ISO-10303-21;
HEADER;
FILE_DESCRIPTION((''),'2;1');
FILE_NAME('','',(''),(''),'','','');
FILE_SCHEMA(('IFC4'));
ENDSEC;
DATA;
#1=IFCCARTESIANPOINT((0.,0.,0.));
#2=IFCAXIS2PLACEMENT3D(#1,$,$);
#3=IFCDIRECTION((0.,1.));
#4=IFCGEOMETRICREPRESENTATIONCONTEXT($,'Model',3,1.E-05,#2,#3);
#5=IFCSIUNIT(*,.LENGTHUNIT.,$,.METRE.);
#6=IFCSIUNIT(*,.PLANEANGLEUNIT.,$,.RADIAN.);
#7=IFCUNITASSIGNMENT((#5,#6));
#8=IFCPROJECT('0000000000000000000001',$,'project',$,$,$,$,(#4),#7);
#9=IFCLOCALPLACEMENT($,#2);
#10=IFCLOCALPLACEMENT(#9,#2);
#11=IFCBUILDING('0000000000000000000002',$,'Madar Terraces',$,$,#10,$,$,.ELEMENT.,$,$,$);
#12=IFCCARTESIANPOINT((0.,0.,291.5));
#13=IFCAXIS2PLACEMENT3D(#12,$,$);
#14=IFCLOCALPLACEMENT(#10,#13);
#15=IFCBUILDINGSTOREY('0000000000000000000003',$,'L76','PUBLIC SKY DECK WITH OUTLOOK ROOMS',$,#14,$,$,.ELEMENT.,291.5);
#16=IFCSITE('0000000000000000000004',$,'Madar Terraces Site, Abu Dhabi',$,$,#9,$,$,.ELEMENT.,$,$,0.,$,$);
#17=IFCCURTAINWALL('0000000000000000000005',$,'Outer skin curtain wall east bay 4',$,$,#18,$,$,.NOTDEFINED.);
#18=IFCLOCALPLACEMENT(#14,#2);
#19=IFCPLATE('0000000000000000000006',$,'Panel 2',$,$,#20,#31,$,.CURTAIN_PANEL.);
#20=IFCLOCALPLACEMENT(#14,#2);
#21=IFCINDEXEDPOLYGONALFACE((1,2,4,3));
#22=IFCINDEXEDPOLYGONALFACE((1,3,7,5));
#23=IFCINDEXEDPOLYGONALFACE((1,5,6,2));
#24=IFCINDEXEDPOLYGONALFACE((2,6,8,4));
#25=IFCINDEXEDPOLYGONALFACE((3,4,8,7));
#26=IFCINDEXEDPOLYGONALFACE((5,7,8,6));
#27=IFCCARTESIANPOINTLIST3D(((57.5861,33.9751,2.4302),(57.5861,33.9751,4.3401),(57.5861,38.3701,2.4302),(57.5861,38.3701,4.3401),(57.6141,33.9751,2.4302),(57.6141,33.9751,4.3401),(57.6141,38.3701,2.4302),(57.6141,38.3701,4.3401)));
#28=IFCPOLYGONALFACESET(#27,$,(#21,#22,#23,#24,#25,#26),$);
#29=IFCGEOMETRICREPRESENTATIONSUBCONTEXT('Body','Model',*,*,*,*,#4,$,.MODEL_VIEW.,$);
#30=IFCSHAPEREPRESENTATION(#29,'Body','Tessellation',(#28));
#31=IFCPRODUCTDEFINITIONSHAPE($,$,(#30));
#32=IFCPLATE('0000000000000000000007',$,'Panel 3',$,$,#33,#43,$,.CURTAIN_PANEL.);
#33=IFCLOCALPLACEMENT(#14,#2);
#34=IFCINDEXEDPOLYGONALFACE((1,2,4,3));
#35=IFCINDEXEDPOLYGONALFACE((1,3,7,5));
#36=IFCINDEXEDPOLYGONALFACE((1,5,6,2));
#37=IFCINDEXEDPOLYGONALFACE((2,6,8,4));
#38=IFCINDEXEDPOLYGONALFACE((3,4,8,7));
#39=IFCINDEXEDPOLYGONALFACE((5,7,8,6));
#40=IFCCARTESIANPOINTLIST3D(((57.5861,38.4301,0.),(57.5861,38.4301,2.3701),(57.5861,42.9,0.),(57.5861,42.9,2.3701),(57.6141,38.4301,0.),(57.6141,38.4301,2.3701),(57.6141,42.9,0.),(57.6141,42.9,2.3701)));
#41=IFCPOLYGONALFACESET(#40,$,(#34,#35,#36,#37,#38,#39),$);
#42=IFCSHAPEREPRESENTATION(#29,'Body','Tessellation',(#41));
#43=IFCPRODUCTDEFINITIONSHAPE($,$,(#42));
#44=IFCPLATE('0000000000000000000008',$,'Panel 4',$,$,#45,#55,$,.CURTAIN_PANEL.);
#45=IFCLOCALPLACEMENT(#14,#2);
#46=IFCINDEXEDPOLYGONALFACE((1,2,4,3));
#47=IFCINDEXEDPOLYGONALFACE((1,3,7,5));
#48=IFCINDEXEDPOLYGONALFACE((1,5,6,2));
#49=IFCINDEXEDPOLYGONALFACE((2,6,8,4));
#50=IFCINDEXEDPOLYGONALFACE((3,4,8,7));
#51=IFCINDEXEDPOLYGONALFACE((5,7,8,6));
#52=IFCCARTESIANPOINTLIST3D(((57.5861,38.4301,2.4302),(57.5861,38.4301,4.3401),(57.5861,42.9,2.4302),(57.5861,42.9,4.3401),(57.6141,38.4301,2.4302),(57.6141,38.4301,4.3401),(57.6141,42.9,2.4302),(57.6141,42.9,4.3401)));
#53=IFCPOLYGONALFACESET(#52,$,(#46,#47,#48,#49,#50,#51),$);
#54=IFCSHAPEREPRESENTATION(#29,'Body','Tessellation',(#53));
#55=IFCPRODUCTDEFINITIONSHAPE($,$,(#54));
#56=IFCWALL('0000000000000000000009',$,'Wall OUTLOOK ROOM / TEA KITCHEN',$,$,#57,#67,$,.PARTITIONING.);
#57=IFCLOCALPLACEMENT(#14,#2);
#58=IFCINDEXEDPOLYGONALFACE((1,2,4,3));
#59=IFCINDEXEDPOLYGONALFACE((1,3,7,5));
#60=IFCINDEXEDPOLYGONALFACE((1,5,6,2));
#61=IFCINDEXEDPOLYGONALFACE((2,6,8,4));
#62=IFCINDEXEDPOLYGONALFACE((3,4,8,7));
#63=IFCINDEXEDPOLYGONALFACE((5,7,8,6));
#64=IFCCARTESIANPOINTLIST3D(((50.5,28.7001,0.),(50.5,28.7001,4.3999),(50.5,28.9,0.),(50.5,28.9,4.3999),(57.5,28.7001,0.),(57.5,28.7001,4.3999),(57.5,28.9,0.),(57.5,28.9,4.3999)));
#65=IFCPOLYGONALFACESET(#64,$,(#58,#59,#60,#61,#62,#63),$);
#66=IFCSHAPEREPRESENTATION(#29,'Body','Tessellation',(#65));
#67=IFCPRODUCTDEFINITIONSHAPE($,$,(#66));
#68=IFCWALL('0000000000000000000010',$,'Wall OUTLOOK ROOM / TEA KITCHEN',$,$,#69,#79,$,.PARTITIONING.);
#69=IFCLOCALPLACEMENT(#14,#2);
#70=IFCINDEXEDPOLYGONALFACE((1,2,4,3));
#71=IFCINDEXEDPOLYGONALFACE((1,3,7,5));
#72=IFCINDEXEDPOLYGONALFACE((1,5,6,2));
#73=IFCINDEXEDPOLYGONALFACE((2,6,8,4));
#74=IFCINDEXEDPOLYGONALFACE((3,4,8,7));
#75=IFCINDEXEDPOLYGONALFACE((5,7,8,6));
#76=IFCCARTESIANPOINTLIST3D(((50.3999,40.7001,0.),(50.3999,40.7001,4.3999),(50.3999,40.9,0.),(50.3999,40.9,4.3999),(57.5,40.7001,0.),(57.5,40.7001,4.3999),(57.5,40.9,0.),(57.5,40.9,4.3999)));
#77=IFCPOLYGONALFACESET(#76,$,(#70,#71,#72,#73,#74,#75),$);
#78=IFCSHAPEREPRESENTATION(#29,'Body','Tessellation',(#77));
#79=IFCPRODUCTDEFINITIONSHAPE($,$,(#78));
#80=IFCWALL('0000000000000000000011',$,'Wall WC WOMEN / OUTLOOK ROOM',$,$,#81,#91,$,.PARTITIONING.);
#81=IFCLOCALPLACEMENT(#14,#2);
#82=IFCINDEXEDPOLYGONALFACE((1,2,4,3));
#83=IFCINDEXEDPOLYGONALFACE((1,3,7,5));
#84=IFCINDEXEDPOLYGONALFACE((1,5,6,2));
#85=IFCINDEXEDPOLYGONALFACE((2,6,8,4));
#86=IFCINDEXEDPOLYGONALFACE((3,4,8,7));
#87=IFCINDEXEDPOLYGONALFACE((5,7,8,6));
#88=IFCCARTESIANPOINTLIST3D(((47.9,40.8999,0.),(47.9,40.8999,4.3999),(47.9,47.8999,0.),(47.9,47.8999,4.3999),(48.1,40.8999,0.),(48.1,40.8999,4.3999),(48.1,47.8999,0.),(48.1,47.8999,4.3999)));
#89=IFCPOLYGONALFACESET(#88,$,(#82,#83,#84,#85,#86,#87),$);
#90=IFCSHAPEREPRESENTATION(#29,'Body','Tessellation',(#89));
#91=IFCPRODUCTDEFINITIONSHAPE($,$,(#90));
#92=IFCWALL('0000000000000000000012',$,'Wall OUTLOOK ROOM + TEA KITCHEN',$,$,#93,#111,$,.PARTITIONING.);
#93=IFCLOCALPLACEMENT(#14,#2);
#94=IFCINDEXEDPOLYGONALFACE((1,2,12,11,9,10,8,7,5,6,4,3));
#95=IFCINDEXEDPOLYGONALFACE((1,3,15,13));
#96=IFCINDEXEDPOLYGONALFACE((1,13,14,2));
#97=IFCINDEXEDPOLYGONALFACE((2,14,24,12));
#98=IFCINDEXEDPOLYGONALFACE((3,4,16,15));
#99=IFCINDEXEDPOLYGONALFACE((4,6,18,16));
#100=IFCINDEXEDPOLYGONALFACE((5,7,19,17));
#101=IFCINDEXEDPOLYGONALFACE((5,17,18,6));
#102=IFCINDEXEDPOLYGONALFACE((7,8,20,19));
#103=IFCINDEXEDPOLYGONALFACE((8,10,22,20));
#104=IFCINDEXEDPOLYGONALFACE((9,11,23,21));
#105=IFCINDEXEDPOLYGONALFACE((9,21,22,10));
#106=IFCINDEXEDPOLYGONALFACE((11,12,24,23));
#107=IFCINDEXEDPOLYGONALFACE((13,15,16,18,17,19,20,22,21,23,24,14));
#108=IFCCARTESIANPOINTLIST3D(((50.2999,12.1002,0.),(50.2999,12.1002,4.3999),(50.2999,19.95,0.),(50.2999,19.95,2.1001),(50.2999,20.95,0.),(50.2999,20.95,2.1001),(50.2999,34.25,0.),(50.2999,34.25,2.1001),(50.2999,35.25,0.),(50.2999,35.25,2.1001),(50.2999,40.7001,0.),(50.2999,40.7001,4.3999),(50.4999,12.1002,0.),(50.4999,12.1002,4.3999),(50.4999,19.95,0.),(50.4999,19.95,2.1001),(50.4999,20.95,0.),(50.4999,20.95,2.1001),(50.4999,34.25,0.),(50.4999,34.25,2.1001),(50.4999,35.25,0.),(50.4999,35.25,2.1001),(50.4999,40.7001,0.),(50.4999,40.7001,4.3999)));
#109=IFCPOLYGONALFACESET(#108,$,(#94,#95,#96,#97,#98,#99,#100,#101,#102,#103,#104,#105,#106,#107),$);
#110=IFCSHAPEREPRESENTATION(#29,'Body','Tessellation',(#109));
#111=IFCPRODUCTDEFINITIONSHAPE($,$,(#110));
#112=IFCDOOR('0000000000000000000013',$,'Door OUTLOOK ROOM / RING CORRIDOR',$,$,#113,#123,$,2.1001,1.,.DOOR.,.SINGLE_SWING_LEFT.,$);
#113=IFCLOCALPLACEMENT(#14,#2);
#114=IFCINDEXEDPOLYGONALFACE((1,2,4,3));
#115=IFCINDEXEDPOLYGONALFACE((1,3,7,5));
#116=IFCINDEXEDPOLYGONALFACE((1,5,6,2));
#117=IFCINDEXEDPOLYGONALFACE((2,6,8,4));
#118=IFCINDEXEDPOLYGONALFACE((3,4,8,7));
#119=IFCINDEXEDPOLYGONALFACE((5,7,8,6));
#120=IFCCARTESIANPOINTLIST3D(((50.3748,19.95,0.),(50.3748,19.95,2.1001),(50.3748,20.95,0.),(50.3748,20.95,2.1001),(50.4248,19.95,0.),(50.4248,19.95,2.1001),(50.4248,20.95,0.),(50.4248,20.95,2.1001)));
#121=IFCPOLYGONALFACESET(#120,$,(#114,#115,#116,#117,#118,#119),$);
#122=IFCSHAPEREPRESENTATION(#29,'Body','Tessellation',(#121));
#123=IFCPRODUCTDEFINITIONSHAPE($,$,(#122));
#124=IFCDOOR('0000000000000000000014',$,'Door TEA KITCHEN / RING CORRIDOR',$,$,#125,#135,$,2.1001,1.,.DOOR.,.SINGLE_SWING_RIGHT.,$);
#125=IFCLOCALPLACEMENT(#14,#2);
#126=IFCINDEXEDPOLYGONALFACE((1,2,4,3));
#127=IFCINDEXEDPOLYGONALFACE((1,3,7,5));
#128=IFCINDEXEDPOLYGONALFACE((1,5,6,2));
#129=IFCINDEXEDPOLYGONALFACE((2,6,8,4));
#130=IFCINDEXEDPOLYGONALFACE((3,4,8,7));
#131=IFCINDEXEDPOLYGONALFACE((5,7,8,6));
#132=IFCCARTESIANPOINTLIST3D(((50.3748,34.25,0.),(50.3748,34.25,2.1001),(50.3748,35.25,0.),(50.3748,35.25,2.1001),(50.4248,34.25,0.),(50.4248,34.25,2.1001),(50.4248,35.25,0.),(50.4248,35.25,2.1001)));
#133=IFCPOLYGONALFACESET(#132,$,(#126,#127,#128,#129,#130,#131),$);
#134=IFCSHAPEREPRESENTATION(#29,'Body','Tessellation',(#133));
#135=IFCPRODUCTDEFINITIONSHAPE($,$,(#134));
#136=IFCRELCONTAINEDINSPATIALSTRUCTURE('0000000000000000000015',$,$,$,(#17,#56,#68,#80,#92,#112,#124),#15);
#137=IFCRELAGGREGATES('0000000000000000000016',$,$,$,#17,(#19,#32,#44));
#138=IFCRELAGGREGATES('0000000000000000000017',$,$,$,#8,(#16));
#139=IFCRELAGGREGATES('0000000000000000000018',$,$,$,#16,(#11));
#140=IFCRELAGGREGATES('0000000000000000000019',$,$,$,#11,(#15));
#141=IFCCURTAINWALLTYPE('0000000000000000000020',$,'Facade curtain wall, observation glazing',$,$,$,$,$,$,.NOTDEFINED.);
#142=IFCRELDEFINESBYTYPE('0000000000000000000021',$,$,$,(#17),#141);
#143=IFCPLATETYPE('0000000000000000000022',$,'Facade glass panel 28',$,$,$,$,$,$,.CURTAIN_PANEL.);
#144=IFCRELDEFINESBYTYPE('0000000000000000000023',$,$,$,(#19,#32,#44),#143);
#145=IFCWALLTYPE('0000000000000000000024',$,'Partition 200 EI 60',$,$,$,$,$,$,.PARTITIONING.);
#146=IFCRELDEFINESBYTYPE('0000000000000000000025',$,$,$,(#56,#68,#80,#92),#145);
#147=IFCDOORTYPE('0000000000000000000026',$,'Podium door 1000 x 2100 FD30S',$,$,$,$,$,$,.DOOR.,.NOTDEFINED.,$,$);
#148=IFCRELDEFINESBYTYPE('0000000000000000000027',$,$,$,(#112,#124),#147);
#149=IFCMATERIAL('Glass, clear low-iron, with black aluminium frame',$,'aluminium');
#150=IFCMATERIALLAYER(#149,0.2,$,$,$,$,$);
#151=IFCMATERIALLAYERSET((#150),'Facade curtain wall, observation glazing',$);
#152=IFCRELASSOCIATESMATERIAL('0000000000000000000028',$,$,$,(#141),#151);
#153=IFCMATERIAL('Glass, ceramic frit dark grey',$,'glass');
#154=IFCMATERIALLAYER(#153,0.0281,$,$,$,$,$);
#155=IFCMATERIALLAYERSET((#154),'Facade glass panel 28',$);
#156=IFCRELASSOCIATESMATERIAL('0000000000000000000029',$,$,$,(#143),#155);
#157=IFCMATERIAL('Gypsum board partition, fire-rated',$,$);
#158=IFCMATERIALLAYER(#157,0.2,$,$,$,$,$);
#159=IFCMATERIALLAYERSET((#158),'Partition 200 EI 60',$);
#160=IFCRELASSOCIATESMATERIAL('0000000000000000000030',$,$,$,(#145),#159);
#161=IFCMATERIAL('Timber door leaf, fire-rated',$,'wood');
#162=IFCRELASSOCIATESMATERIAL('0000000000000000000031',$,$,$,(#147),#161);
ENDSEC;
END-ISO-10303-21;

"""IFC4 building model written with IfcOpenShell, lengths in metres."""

from ifc_helpers import new_model, si_unit, direction, frame, frame_2d, origin, origin_2d, place, context, subcontext, project, spatial, rectangle, extrude, material, layer, layer_set, type_object, element, fill, aggregate, save


model = new_model("IFC4")

# Units and contexts
model_context = context("Model", 3, precision=1e-05, world=origin(), true_north=direction((0.0, 1.0)))
body_context = subcontext(model_context, "Body", "Model", "MODEL_VIEW")
ifc_project = project(units=[si_unit("LENGTHUNIT", "METRE"), si_unit("PLANEANGLEUNIT", "RADIAN")], contexts=[model_context])

# Site, building, storey
site_placement = place(None, origin())
site = spatial("IfcSite", under=ifc_project, at=site_placement, Name="Madar Terraces Site, Abu Dhabi", CompositionType="ELEMENT", RefElevation=0.0)
building_placement = place(site_placement, origin())
building = spatial("IfcBuilding", under=site, at=building_placement, Name="Madar Terraces", CompositionType="ELEMENT")
storey_placement = place(building_placement, frame((0.0, 0.0, 291.5)))
storey = spatial("IfcBuildingStorey", under=building, at=storey_placement, Name="L76", Description="PUBLIC SKY DECK WITH OUTLOOK ROOMS", CompositionType="ELEMENT", Elevation=291.5)

# Curtain wall
ifc_material_1 = material(Name="Glass, clear low-iron, with black aluminium frame", Category="aluminium")
ifc_layer_1 = layer(ifc_material_1, 0.2)
ifc_layer_set_1 = layer_set([ifc_layer_1], Name="Facade curtain wall, observation glazing")
curtain_wall_type = type_object("IfcCurtainWallType", Name="Facade curtain wall, observation glazing", PredefinedType="NOTDEFINED", material=ifc_layer_set_1)
curtain_wall_1_placement = place(storey_placement, origin())
curtain_wall_1 = element("IfcCurtainWall", 1, at=curtain_wall_1_placement, inside=storey, type_object=curtain_wall_type, Name="Outer skin curtain wall east bay 4", PredefinedType="NOTDEFINED")

# Plates
ifc_material_2 = material(Name="Glass, ceramic frit dark grey", Category="glass")
ifc_layer_2 = layer(ifc_material_2, 0.0281)
ifc_layer_set_2 = layer_set([ifc_layer_2], Name="Facade glass panel 28")
plate_type = type_object("IfcPlateType", Name="Facade glass panel 28", PredefinedType="CURTAIN_PANEL", material=ifc_layer_set_2)
plate_1_placement = place(storey_placement, frame((57.6001, 36.1726, 2.4302), z_axis=(0.0, 0.0, 1.0), x_axis=(0.0, 1.0, 0.0)))
plate_1 = element("IfcPlate", 2, at=plate_1_placement, type_object=plate_type, Name="Panel 2", PredefinedType="CURTAIN_PANEL", context=body_context, shape_type="SweptSolid", body=[
    extrude(rectangle(XDim=4.395, YDim=0.0281, at=origin_2d()), origin(), (0.0, 0.0, 1.0), 1.9099),
])
plate_2_placement = place(storey_placement, frame((57.6001, 40.665, 0.0), z_axis=(0.0, 0.0, 1.0), x_axis=(0.0, 1.0, 0.0)))
plate_2 = element("IfcPlate", 3, at=plate_2_placement, type_object=plate_type, Name="Panel 3", PredefinedType="CURTAIN_PANEL", context=body_context, shape_type="SweptSolid", body=[
    extrude(rectangle(XDim=4.47, YDim=0.0281, at=origin_2d()), origin(), (0.0, 0.0, 1.0), 2.3701),
])
plate_3_placement = place(storey_placement, frame((57.6001, 40.665, 2.4302), z_axis=(0.0, 0.0, 1.0), x_axis=(0.0, 1.0, 0.0)))
plate_3 = element("IfcPlate", 4, at=plate_3_placement, type_object=plate_type, Name="Panel 4", PredefinedType="CURTAIN_PANEL", context=body_context, shape_type="SweptSolid", body=[
    extrude(rectangle(XDim=4.47, YDim=0.0281, at=origin_2d()), origin(), (0.0, 0.0, 1.0), 1.9099),
])
aggregate(curtain_wall_1, [plate_1, plate_2, plate_3])

# Walls
ifc_material_3 = material(Name="Gypsum board partition, fire-rated")
ifc_layer_3 = layer(ifc_material_3, 0.2)
ifc_layer_set_3 = layer_set([ifc_layer_3], Name="Partition 200 EI 60")
wall_type = type_object("IfcWallType", Name="Partition 200 EI 60", PredefinedType="PARTITIONING", material=ifc_layer_set_3)
wall_1_placement = place(storey_placement, frame((50.5, 28.8, 0.0), z_axis=(0.0, 0.0, 1.0), x_axis=(1.0, 0.0, 0.0)))
element("IfcWall", 5, at=wall_1_placement, inside=storey, type_object=wall_type, Name="Wall OUTLOOK ROOM / TEA KITCHEN", PredefinedType="PARTITIONING", context=body_context, shape_type="SweptSolid", body=[
    extrude(rectangle(XDim=7.0, YDim=0.2, at=frame_2d((3.5, 0.0))), origin(), (0.0, 0.0, 1.0), 4.3999),
])
wall_2_placement = place(storey_placement, frame((50.3999, 40.8, 0.0), z_axis=(0.0, 0.0, 1.0), x_axis=(1.0, 0.0, 0.0)))
element("IfcWall", 6, at=wall_2_placement, inside=storey, type_object=wall_type, Name="Wall OUTLOOK ROOM / TEA KITCHEN", PredefinedType="PARTITIONING", context=body_context, shape_type="SweptSolid", body=[
    extrude(rectangle(XDim=7.1001, YDim=0.2, at=frame_2d((3.55, 0.0))), origin(), (0.0, 0.0, 1.0), 4.3999),
])
wall_3_placement = place(storey_placement, frame((48.0, 40.8999, 0.0), z_axis=(0.0, 0.0, 1.0), x_axis=(0.0, 1.0, 0.0)))
element("IfcWall", 7, at=wall_3_placement, inside=storey, type_object=wall_type, Name="Wall WC WOMEN / OUTLOOK ROOM", PredefinedType="PARTITIONING", context=body_context, shape_type="SweptSolid", body=[
    extrude(rectangle(XDim=7.0, YDim=0.2, at=frame_2d((3.5, 0.0))), origin(), (0.0, 0.0, 1.0), 4.3999),
])

# Wall, openings, doors
wall_4_placement = place(storey_placement, frame((50.3999, 40.7, 0.0), z_axis=(0.0, 0.0, 1.0), x_axis=(0.0, -1.0, 0.0)))
wall_4 = element("IfcWall", 8, at=wall_4_placement, inside=storey, type_object=wall_type, Name="Wall OUTLOOK ROOM + TEA KITCHEN", PredefinedType="PARTITIONING", context=body_context, shape_type="SweptSolid", body=[
    extrude(rectangle(XDim=28.5999, YDim=0.2, at=frame_2d((14.2998, 0.0))), origin(), (0.0, 0.0, 1.0), 4.3999),
])
opening_1_placement = place(wall_4_placement, frame((19.75, 0.0, 0.0)))
opening_1 = element("IfcOpeningElement", 9, at=opening_1_placement, cuts=wall_4, PredefinedType="OPENING", context=body_context, shape_type="SweptSolid", body=[
    extrude(rectangle(XDim=1.0, YDim=2.1001, at=frame_2d((0.5, 1.05))), frame((0.0, 0.1099, 0.0), z_axis=(0.0, -1.0, 0.0), x_axis=(1.0, 0.0, 0.0)), (0.0, 0.0, 1.0), 0.22),
])
opening_2_placement = place(wall_4_placement, frame((5.45, 0.0, 0.0)))
opening_2 = element("IfcOpeningElement", 10, at=opening_2_placement, cuts=wall_4, PredefinedType="OPENING", context=body_context, shape_type="SweptSolid", body=[
    extrude(rectangle(XDim=1.0, YDim=2.1001, at=frame_2d((0.5, 1.05))), frame((0.0, 0.1099, 0.0), z_axis=(0.0, -1.0, 0.0), x_axis=(1.0, 0.0, 0.0)), (0.0, 0.0, 1.0), 0.22),
])
ifc_material_4 = material(Name="Timber door leaf, fire-rated", Category="wood")
door_type = type_object("IfcDoorType", Name="Podium door 1000 x 2100 FD30S", OperationType="NOTDEFINED", PredefinedType="DOOR", material=ifc_material_4)
door_1_placement = place(opening_1_placement, origin())
door_1 = element("IfcDoor", 11, at=door_1_placement, inside=storey, type_object=door_type, Name="Door OUTLOOK ROOM / RING CORRIDOR", OperationType="SINGLE_SWING_LEFT", OverallHeight=2.1001, OverallWidth=1.0, PredefinedType="DOOR", context=body_context, shape_type="SweptSolid", body=[
    extrude(rectangle(XDim=1.0, YDim=2.1001, at=frame_2d((0.5, 1.05))), frame((0.0, 0.0249, 0.0), z_axis=(0.0, -1.0, 0.0), x_axis=(1.0, 0.0, 0.0)), (0.0, 0.0, 1.0), 0.05),
])
fill(opening_1, door_1)
door_2_placement = place(opening_2_placement, origin())
door_2 = element("IfcDoor", 12, at=door_2_placement, inside=storey, type_object=door_type, Name="Door TEA KITCHEN / RING CORRIDOR", OperationType="SINGLE_SWING_RIGHT", OverallHeight=2.1001, OverallWidth=1.0, PredefinedType="DOOR", context=body_context, shape_type="SweptSolid", body=[
    extrude(rectangle(XDim=1.0, YDim=2.1001, at=frame_2d((0.5, 1.05))), frame((0.0, 0.0249, 0.0), z_axis=(0.0, -1.0, 0.0), x_axis=(1.0, 0.0, 0.0)), (0.0, 0.0, 1.0), 0.05),
])
fill(opening_2, door_2)

save(model, "model.ifc")
